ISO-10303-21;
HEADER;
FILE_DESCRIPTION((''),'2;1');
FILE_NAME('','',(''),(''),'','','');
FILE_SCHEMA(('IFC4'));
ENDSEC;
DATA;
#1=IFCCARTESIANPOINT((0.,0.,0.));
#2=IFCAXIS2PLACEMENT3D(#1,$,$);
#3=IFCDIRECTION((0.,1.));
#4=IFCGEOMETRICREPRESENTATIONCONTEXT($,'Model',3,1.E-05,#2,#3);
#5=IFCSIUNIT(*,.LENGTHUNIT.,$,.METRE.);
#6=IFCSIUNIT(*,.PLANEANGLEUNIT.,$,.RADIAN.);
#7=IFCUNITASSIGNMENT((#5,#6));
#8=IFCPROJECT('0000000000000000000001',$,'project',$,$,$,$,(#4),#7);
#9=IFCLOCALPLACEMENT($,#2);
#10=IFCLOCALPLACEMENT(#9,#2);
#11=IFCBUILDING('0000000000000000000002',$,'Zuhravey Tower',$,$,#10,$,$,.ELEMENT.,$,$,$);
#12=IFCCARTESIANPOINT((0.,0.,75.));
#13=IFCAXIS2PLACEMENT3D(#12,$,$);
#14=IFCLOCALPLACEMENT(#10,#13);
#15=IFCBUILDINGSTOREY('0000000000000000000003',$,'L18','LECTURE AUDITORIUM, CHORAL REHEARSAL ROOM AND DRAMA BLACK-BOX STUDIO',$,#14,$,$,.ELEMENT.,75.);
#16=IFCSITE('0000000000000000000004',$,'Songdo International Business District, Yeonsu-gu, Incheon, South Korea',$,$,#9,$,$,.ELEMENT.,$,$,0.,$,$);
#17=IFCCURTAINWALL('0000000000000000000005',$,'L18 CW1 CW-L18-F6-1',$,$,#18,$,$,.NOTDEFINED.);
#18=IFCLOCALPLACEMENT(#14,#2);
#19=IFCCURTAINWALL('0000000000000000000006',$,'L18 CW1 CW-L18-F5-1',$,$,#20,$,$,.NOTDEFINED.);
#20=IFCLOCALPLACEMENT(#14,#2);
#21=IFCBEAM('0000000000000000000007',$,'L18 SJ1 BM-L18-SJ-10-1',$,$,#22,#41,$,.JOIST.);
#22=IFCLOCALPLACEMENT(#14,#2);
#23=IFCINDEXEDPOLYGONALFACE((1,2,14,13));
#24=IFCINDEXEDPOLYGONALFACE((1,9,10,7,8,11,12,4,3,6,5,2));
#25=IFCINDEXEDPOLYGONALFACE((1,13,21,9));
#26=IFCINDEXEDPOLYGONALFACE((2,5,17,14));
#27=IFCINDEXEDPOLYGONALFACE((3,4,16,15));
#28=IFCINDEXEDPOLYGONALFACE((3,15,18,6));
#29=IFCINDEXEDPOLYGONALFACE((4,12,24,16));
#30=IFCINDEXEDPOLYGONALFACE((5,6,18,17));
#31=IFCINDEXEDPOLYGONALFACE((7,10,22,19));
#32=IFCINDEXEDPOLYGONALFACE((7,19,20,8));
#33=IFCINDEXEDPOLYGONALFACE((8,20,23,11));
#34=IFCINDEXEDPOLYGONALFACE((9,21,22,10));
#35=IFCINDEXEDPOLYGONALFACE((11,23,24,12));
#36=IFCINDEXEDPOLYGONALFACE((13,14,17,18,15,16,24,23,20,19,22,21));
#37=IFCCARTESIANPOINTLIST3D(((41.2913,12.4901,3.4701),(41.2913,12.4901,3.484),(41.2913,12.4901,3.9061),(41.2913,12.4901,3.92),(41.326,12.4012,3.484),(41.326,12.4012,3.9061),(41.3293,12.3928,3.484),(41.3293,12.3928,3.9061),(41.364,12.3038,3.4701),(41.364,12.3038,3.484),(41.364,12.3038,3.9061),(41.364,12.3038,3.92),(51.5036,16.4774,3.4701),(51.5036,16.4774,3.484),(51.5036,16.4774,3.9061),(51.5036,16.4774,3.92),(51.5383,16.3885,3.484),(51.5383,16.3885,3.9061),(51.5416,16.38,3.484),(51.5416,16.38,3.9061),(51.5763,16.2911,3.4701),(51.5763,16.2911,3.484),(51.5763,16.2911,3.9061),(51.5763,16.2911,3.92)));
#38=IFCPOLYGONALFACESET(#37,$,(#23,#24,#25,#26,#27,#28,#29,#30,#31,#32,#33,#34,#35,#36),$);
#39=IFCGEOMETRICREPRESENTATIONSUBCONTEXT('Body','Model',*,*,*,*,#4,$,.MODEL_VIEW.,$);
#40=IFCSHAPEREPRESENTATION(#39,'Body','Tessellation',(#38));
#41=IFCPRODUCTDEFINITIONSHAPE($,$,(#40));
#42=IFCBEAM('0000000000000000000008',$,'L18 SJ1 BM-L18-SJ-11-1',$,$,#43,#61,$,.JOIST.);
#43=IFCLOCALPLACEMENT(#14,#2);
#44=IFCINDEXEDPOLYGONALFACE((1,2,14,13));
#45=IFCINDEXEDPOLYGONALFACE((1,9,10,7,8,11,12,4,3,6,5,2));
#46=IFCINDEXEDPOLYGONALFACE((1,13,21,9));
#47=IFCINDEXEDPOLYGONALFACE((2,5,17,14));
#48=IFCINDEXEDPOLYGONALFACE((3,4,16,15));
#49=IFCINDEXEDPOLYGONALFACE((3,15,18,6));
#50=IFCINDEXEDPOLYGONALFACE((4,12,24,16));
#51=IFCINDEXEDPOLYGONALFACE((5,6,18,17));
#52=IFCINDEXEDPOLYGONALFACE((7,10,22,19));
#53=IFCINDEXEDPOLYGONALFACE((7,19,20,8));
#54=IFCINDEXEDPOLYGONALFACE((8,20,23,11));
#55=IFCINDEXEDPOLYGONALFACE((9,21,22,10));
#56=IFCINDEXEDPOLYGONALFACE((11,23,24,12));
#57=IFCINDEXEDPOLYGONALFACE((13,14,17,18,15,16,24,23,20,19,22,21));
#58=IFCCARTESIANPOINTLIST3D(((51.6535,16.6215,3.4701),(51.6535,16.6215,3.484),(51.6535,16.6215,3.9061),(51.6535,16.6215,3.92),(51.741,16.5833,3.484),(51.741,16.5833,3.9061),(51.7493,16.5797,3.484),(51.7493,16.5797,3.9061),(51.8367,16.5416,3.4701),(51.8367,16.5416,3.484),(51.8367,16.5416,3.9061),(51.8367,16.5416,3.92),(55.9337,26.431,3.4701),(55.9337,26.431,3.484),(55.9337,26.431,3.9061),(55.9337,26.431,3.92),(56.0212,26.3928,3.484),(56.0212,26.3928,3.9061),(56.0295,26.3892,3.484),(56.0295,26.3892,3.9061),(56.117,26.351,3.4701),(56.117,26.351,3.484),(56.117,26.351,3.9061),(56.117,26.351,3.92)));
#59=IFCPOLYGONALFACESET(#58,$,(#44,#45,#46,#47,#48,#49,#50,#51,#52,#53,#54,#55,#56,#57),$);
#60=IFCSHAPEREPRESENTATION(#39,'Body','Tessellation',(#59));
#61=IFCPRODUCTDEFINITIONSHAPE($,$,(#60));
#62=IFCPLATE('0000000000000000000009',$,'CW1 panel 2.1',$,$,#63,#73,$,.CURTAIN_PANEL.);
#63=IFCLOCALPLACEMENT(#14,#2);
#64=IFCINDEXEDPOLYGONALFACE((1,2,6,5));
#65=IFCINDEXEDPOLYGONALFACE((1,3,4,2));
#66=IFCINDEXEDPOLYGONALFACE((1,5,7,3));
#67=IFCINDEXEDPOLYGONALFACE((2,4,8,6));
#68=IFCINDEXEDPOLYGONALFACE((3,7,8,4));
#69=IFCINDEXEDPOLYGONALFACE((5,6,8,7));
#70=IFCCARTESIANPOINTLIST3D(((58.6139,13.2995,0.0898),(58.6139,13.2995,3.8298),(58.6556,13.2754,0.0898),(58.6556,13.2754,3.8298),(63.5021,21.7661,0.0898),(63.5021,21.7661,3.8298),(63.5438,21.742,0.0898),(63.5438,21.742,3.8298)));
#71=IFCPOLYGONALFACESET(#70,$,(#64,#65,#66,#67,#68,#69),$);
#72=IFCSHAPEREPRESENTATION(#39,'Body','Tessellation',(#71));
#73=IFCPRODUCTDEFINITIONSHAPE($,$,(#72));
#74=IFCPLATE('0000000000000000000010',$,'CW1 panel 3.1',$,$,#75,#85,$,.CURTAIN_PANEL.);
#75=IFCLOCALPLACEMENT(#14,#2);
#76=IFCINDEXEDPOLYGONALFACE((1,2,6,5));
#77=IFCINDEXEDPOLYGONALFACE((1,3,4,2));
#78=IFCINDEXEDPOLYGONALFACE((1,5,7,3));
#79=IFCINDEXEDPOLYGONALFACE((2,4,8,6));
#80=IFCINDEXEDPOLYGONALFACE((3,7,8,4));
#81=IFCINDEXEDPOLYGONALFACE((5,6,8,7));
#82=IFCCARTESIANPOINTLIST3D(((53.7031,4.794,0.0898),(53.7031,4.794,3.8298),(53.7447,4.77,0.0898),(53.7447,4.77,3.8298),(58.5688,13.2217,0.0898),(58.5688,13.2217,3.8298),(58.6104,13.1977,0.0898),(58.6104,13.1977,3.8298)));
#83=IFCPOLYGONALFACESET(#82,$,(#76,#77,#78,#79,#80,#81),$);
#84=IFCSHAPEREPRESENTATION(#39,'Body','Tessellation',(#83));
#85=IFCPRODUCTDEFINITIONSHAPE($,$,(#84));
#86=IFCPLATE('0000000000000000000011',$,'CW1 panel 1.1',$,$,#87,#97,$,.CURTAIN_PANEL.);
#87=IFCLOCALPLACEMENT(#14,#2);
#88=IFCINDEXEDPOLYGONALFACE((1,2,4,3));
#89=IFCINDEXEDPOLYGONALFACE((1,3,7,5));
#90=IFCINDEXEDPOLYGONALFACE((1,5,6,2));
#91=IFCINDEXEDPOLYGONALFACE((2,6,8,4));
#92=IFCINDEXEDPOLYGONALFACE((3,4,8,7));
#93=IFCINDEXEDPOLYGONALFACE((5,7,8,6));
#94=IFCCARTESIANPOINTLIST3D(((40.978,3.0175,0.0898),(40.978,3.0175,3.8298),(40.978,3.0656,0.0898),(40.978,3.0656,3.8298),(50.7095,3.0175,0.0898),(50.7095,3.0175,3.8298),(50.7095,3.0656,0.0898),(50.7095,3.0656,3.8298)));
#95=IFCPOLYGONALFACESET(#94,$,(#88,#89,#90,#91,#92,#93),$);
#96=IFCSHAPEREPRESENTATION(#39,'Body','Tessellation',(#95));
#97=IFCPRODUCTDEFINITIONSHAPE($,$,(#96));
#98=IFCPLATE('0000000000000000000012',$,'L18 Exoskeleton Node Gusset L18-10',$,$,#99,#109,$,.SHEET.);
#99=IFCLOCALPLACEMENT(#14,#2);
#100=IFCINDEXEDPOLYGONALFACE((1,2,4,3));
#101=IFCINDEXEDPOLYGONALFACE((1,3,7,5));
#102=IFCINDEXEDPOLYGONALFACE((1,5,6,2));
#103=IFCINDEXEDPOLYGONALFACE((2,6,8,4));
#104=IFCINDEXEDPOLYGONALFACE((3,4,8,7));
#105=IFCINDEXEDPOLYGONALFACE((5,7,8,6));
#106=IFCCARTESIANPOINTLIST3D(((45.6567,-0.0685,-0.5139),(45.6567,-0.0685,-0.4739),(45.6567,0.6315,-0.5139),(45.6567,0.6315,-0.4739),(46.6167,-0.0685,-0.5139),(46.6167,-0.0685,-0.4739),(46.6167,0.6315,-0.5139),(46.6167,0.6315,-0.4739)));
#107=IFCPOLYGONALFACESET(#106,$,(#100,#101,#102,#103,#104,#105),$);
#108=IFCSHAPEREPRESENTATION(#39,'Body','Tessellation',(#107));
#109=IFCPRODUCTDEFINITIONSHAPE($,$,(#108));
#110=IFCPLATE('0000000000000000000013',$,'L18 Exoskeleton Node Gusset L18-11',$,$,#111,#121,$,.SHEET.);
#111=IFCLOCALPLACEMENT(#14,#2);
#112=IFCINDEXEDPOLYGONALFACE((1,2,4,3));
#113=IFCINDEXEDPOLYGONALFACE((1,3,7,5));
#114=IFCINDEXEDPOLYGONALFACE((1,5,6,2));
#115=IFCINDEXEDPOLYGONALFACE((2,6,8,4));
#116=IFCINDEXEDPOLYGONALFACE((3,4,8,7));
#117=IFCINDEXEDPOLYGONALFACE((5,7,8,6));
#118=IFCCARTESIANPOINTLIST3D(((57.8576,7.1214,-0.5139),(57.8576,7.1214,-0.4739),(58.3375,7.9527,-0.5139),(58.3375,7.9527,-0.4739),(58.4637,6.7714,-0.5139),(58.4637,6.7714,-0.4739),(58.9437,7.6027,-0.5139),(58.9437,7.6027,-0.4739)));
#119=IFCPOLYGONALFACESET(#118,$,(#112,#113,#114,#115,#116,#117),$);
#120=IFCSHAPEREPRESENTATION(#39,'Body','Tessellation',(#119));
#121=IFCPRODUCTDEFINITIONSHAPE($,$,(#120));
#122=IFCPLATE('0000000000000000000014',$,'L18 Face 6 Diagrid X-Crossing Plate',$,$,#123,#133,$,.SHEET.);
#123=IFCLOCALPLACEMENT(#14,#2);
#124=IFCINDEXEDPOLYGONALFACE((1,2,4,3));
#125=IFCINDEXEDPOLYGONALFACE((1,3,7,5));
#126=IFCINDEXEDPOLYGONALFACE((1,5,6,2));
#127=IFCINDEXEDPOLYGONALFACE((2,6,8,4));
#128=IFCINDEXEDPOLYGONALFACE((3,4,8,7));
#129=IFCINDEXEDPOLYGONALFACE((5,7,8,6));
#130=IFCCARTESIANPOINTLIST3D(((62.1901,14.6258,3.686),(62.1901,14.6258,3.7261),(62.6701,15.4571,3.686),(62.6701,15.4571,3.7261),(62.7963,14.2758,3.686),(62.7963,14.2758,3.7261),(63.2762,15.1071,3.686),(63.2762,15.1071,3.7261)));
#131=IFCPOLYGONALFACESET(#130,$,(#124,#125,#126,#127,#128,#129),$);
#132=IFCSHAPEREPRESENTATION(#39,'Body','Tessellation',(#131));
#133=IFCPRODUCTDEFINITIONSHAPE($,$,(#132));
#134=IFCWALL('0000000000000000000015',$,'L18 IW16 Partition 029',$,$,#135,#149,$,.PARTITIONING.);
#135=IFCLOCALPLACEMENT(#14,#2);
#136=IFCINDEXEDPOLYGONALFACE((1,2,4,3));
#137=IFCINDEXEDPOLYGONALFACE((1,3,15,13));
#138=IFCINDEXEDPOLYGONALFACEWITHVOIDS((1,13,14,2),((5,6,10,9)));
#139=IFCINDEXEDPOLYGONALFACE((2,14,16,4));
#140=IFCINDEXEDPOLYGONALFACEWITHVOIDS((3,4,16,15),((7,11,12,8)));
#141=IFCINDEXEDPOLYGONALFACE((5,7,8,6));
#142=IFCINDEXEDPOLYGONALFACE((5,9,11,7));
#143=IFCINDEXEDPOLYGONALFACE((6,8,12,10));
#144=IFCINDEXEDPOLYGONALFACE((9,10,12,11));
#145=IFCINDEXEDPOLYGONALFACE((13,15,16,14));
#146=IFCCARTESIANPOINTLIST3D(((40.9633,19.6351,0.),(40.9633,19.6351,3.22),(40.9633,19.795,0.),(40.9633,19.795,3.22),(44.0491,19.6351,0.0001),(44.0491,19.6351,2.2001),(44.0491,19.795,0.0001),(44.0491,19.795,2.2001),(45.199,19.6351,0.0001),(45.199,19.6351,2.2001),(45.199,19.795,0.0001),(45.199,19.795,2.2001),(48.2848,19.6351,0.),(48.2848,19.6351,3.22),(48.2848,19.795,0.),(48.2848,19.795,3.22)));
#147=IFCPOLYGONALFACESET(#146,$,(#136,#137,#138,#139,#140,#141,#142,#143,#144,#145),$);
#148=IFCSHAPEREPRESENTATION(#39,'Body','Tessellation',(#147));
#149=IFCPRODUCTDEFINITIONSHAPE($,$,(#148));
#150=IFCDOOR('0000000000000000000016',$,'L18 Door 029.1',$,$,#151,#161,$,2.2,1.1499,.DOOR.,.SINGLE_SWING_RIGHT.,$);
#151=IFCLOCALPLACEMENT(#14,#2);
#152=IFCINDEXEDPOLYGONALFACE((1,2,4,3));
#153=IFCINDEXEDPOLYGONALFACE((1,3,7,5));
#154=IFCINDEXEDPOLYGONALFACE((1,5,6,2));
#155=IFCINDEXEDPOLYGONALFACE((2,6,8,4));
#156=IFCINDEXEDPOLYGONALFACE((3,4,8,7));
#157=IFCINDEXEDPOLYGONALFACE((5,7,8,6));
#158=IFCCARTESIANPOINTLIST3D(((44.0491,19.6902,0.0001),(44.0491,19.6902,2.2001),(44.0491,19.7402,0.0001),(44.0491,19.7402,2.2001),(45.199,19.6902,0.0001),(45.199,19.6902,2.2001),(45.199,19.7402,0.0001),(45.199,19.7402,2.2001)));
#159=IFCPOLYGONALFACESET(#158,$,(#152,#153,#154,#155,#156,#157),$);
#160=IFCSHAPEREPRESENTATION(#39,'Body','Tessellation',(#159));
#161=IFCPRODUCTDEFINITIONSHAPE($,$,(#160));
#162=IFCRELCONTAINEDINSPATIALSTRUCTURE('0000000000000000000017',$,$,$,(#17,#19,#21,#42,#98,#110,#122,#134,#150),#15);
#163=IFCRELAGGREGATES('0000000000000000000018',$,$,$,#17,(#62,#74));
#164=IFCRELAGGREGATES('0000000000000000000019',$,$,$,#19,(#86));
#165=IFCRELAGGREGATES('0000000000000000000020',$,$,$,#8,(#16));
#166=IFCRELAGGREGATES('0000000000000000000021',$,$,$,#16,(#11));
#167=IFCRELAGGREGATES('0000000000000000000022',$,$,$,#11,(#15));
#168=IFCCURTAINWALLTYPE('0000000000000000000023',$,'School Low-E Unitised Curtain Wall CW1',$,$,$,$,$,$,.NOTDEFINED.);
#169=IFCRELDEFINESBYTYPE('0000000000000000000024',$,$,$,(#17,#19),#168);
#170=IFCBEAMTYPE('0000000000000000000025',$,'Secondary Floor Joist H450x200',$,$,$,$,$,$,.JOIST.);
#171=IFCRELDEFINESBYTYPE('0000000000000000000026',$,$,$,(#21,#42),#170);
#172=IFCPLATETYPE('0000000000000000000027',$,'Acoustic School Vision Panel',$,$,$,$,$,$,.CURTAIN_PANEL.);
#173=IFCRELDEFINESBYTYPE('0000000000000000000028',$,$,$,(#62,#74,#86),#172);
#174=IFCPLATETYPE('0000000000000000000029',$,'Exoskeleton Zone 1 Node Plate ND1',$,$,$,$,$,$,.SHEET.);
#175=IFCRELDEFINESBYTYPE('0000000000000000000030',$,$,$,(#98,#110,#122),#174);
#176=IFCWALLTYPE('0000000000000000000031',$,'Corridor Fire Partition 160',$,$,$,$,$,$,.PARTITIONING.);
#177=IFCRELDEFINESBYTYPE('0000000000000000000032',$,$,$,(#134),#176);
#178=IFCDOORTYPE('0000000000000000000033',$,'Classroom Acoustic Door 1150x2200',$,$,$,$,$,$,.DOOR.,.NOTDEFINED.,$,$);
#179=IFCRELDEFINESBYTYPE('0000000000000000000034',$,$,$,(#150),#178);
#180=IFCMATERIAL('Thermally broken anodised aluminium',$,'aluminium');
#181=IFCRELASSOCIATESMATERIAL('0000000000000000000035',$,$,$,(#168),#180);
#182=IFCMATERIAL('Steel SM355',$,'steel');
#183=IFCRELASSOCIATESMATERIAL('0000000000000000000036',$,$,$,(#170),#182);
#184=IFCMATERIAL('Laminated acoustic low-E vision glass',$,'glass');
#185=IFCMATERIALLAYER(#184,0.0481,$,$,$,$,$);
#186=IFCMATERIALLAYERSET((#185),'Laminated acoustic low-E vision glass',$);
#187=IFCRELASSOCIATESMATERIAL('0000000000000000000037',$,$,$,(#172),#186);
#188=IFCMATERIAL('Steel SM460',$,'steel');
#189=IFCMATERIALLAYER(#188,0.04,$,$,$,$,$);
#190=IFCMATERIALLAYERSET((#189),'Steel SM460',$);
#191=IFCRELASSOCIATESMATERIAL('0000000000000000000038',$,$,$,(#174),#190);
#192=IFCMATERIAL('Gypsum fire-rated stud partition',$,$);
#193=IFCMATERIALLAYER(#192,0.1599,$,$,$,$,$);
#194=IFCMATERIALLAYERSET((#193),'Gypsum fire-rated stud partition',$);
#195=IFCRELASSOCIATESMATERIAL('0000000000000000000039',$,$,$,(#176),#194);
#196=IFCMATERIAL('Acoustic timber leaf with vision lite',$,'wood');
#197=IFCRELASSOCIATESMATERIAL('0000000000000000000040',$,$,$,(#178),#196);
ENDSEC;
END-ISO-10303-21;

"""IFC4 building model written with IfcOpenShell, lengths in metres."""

from ifc_helpers import new_model, si_unit, direction, frame, frame_2d, origin, origin_2d, place, context, subcontext, project, spatial, rectangle, i_section, extrude, material, layer, layer_set, material_profile, profile_set, type_object, element, fill, aggregate, save


model = new_model("IFC4")

# Units and contexts
model_context = context("Model", 3, precision=1e-05, world=origin(), true_north=direction((0.0, 1.0)))
body_context = subcontext(model_context, "Body", "Model", "MODEL_VIEW")
ifc_project = project(units=[si_unit("LENGTHUNIT", "METRE"), si_unit("PLANEANGLEUNIT", "RADIAN")], contexts=[model_context])

# Site, building, storey
site_placement = place(None, origin())
site = spatial("IfcSite", under=ifc_project, at=site_placement, Name="Songdo International Business District, Yeonsu-gu, Incheon, South Korea", CompositionType="ELEMENT", RefElevation=0.0)
building_placement = place(site_placement, origin())
building = spatial("IfcBuilding", under=site, at=building_placement, Name="Zuhravey Tower", CompositionType="ELEMENT")
storey_placement = place(building_placement, frame((0.0, 0.0, 75.0)))
storey = spatial("IfcBuildingStorey", under=building, at=storey_placement, Name="L18", Description="LECTURE AUDITORIUM, CHORAL REHEARSAL ROOM AND DRAMA BLACK-BOX STUDIO", CompositionType="ELEMENT", Elevation=75.0)

# Curtain walls
ifc_material_1 = material(Name="Thermally broken anodised aluminium", Category="aluminium")
curtain_wall_type = type_object("IfcCurtainWallType", Name="School Low-E Unitised Curtain Wall CW1", PredefinedType="NOTDEFINED", material=ifc_material_1)
curtain_wall_1_placement = place(storey_placement, origin())
curtain_wall_1 = element("IfcCurtainWall", 1, at=curtain_wall_1_placement, inside=storey, type_object=curtain_wall_type, Name="L18 CW1 CW-L18-F6-1", PredefinedType="NOTDEFINED")
curtain_wall_2_placement = place(storey_placement, origin())
curtain_wall_2 = element("IfcCurtainWall", 2, at=curtain_wall_2_placement, inside=storey, type_object=curtain_wall_type, Name="L18 CW1 CW-L18-F5-1", PredefinedType="NOTDEFINED")

# Shared definitions
ifc_material_2 = material(Name="Steel SM355", Category="steel")
ifc_material_3 = material(Name="Steel SM460", Category="steel")

# Beams
ifc_material_profile_1 = material_profile(ifc_material_2, i_section(OverallWidth=0.2, OverallDepth=0.45, WebThickness=0.009, FlangeThickness=0.0139, at=origin_2d()), Name="H-450x200x9x14")
ifc_profile_set_1 = profile_set([ifc_material_profile_1], Name="Steel SM355")
beam_type_1 = type_object("IfcBeamType", Name="Secondary Floor Joist H450x200", PredefinedType="JOIST", material=ifc_profile_set_1)
beam_1_placement = place(storey_placement, frame((41.3276, 12.397, 3.6951), z_axis=(0.931517, 0.363699, 0.0), x_axis=(-0.363699, 0.931517, 0.0)))
element("IfcBeam", 3, at=beam_1_placement, inside=storey, type_object=beam_type_1, Name="L18 SJ1 BM-L18-SJ-10-1", PredefinedType="JOIST", context=body_context, shape_type="SweptSolid", body=[
    extrude(i_section(OverallWidth=0.2, OverallDepth=0.45, WebThickness=0.009, FlangeThickness=0.0139, at=origin_2d()), origin(), (0.0, 0.0, 1.0), 10.9631),
])
beam_2_placement = place(storey_placement, frame((51.7451, 16.5815, 3.6951), z_axis=(0.399924, 0.916549, 0.0), x_axis=(-0.916549, 0.399924, 0.0)))
element("IfcBeam", 4, at=beam_2_placement, inside=storey, type_object=beam_type_1, Name="L18 SJ1 BM-L18-SJ-11-1", PredefinedType="JOIST", context=body_context, shape_type="SweptSolid", body=[
    extrude(i_section(OverallWidth=0.2, OverallDepth=0.45, WebThickness=0.009, FlangeThickness=0.0139, at=origin_2d()), origin(), (0.0, 0.0, 1.0), 10.7026),
])

# Plates
ifc_material_4 = material(Name="Laminated acoustic low-E vision glass", Category="glass")
ifc_layer_1 = layer(ifc_material_4, 0.0481)
ifc_layer_set_1 = layer_set([ifc_layer_1], Name="Laminated acoustic low-E vision glass")
plate_type_1 = type_object("IfcPlateType", Name="Acoustic School Vision Panel", PredefinedType="CURTAIN_PANEL", material=ifc_layer_set_1)
plate_1_placement = place(storey_placement, frame((61.0789, 17.5208, 0.0898), z_axis=(0.0, 0.0, 1.0), x_axis=(-0.5, -0.866026, 0.0)))
plate_1 = element("IfcPlate", 5, at=plate_1_placement, type_object=plate_type_1, Name="CW1 panel 2.1", PredefinedType="CURTAIN_PANEL", context=body_context, shape_type="SweptSolid", body=[
    extrude(rectangle(XDim=9.7764, YDim=0.0481, at=origin_2d()), origin(), (0.0, 0.0, 1.0), 3.74),
])
plate_2_placement = place(storey_placement, frame((56.1567, 8.9958, 0.0898), z_axis=(0.0, 0.0, 1.0), x_axis=(-0.5, -0.866026, 0.0)))
plate_2 = element("IfcPlate", 6, at=plate_2_placement, type_object=plate_type_1, Name="CW1 panel 3.1", PredefinedType="CURTAIN_PANEL", context=body_context, shape_type="SweptSolid", body=[
    extrude(rectangle(XDim=9.7314, YDim=0.0481, at=origin_2d()), origin(), (0.0, 0.0, 1.0), 3.74),
])
aggregate(curtain_wall_1, [plate_1, plate_2])
plate_3_placement = place(storey_placement, frame((45.8438, 3.0415, 0.0898), z_axis=(0.0, 0.0, 1.0), x_axis=(-1.0, 0.0, 0.0)))
plate_3 = element("IfcPlate", 7, at=plate_3_placement, type_object=plate_type_1, Name="CW1 panel 1.1", PredefinedType="CURTAIN_PANEL", context=body_context, shape_type="SweptSolid", body=[
    extrude(rectangle(XDim=9.7314, YDim=0.0481, at=origin_2d()), origin(), (0.0, 0.0, 1.0), 3.74),
])
aggregate(curtain_wall_2, [plate_3])

# Plates
ifc_layer_2 = layer(ifc_material_3, 0.04)
ifc_layer_set_2 = layer_set([ifc_layer_2], Name="Steel SM460")
plate_type_2 = type_object("IfcPlateType", Name="Exoskeleton Zone 1 Node Plate ND1", PredefinedType="SHEET", material=ifc_layer_set_2)
for number, where, z_axis, x_axis, name in (
    (8, (46.1367, 0.2815, -0.5139), (0.0, 0.0, 1.0), (1.0, 0.0, 0.0), "L18 Exoskeleton Node Gusset L18-10"),
    (9, (58.4006, 7.3621, -0.5139), (0.0, 0.0, 1.0), (0.5, 0.866025, 0.0), "L18 Exoskeleton Node Gusset L18-11"),
    (10, (62.7332, 14.8665, 3.686), (0.0, 0.0, 1.0), (0.5, 0.866025, 0.0), "L18 Face 6 Diagrid X-Crossing Plate"),
):
    element("IfcPlate", number, at=place(storey_placement, frame(where, z_axis=z_axis, x_axis=x_axis)), inside=storey, type_object=plate_type_2, Name=name, PredefinedType="SHEET", context=body_context, shape_type="SweptSolid", body=[
        extrude(rectangle(XDim=0.96, YDim=0.7, at=origin_2d()), origin(), (0.0, 0.0, 1.0), 0.04),
    ])

# Wall, opening, door
ifc_material_5 = material(Name="Gypsum fire-rated stud partition")
ifc_layer_3 = layer(ifc_material_5, 0.1599)
ifc_layer_set_3 = layer_set([ifc_layer_3], Name="Gypsum fire-rated stud partition")
wall_type_1 = type_object("IfcWallType", Name="Corridor Fire Partition 160", PredefinedType="PARTITIONING", material=ifc_layer_set_3)
wall_1_placement = place(storey_placement, frame((40.9634, 19.7151, 0.0), z_axis=(0.0, 0.0, 1.0), x_axis=(1.0, 0.0, 0.0)))
wall_1 = element("IfcWall", 11, at=wall_1_placement, inside=storey, type_object=wall_type_1, Name="L18 IW16 Partition 029", PredefinedType="PARTITIONING", context=body_context, shape_type="SweptSolid", body=[
    extrude(rectangle(XDim=7.3215, YDim=0.1599, at=frame_2d((3.6606, 0.0))), origin(), (0.0, 0.0, 1.0), 3.22),
])
opening_1_placement = place(wall_1_placement, frame((3.0857, 0.0, 0.0)))
opening_1 = element("IfcOpeningElement", 12, at=opening_1_placement, cuts=wall_1, PredefinedType="OPENING", context=body_context, shape_type="SweptSolid", body=[
    extrude(rectangle(XDim=1.1499, YDim=2.2, at=frame_2d((0.575, 1.1001))), frame((0.0, 0.092, 0.0), z_axis=(0.0, -1.0, 0.0), x_axis=(1.0, 0.0, 0.0)), (0.0, 0.0, 1.0), 0.1838),
])
ifc_material_6 = material(Name="Acoustic timber leaf with vision lite", Category="wood")
door_type_1 = type_object("IfcDoorType", Name="Classroom Acoustic Door 1150x2200", OperationType="NOTDEFINED", PredefinedType="DOOR", material=ifc_material_6)
door_1_placement = place(opening_1_placement, frame((1.1499, 0.0, 0.0), z_axis=(0.0, 0.0, 1.0), x_axis=(-1.0, 0.0, 0.0)))
door_1 = element("IfcDoor", 13, at=door_1_placement, inside=storey, type_object=door_type_1, Name="L18 Door 029.1", OperationType="SINGLE_SWING_RIGHT", OverallHeight=2.2, OverallWidth=1.1499, PredefinedType="DOOR", context=body_context, shape_type="SweptSolid", body=[
    extrude(rectangle(XDim=1.1499, YDim=2.2, at=frame_2d((0.575, 1.1001))), frame((0.0, 0.0249, 0.0), z_axis=(0.0, -1.0, 0.0), x_axis=(1.0, 0.0, 0.0)), (0.0, 0.0, 1.0), 0.05),
])
fill(opening_1, door_1)

save(model, "model.ifc")
